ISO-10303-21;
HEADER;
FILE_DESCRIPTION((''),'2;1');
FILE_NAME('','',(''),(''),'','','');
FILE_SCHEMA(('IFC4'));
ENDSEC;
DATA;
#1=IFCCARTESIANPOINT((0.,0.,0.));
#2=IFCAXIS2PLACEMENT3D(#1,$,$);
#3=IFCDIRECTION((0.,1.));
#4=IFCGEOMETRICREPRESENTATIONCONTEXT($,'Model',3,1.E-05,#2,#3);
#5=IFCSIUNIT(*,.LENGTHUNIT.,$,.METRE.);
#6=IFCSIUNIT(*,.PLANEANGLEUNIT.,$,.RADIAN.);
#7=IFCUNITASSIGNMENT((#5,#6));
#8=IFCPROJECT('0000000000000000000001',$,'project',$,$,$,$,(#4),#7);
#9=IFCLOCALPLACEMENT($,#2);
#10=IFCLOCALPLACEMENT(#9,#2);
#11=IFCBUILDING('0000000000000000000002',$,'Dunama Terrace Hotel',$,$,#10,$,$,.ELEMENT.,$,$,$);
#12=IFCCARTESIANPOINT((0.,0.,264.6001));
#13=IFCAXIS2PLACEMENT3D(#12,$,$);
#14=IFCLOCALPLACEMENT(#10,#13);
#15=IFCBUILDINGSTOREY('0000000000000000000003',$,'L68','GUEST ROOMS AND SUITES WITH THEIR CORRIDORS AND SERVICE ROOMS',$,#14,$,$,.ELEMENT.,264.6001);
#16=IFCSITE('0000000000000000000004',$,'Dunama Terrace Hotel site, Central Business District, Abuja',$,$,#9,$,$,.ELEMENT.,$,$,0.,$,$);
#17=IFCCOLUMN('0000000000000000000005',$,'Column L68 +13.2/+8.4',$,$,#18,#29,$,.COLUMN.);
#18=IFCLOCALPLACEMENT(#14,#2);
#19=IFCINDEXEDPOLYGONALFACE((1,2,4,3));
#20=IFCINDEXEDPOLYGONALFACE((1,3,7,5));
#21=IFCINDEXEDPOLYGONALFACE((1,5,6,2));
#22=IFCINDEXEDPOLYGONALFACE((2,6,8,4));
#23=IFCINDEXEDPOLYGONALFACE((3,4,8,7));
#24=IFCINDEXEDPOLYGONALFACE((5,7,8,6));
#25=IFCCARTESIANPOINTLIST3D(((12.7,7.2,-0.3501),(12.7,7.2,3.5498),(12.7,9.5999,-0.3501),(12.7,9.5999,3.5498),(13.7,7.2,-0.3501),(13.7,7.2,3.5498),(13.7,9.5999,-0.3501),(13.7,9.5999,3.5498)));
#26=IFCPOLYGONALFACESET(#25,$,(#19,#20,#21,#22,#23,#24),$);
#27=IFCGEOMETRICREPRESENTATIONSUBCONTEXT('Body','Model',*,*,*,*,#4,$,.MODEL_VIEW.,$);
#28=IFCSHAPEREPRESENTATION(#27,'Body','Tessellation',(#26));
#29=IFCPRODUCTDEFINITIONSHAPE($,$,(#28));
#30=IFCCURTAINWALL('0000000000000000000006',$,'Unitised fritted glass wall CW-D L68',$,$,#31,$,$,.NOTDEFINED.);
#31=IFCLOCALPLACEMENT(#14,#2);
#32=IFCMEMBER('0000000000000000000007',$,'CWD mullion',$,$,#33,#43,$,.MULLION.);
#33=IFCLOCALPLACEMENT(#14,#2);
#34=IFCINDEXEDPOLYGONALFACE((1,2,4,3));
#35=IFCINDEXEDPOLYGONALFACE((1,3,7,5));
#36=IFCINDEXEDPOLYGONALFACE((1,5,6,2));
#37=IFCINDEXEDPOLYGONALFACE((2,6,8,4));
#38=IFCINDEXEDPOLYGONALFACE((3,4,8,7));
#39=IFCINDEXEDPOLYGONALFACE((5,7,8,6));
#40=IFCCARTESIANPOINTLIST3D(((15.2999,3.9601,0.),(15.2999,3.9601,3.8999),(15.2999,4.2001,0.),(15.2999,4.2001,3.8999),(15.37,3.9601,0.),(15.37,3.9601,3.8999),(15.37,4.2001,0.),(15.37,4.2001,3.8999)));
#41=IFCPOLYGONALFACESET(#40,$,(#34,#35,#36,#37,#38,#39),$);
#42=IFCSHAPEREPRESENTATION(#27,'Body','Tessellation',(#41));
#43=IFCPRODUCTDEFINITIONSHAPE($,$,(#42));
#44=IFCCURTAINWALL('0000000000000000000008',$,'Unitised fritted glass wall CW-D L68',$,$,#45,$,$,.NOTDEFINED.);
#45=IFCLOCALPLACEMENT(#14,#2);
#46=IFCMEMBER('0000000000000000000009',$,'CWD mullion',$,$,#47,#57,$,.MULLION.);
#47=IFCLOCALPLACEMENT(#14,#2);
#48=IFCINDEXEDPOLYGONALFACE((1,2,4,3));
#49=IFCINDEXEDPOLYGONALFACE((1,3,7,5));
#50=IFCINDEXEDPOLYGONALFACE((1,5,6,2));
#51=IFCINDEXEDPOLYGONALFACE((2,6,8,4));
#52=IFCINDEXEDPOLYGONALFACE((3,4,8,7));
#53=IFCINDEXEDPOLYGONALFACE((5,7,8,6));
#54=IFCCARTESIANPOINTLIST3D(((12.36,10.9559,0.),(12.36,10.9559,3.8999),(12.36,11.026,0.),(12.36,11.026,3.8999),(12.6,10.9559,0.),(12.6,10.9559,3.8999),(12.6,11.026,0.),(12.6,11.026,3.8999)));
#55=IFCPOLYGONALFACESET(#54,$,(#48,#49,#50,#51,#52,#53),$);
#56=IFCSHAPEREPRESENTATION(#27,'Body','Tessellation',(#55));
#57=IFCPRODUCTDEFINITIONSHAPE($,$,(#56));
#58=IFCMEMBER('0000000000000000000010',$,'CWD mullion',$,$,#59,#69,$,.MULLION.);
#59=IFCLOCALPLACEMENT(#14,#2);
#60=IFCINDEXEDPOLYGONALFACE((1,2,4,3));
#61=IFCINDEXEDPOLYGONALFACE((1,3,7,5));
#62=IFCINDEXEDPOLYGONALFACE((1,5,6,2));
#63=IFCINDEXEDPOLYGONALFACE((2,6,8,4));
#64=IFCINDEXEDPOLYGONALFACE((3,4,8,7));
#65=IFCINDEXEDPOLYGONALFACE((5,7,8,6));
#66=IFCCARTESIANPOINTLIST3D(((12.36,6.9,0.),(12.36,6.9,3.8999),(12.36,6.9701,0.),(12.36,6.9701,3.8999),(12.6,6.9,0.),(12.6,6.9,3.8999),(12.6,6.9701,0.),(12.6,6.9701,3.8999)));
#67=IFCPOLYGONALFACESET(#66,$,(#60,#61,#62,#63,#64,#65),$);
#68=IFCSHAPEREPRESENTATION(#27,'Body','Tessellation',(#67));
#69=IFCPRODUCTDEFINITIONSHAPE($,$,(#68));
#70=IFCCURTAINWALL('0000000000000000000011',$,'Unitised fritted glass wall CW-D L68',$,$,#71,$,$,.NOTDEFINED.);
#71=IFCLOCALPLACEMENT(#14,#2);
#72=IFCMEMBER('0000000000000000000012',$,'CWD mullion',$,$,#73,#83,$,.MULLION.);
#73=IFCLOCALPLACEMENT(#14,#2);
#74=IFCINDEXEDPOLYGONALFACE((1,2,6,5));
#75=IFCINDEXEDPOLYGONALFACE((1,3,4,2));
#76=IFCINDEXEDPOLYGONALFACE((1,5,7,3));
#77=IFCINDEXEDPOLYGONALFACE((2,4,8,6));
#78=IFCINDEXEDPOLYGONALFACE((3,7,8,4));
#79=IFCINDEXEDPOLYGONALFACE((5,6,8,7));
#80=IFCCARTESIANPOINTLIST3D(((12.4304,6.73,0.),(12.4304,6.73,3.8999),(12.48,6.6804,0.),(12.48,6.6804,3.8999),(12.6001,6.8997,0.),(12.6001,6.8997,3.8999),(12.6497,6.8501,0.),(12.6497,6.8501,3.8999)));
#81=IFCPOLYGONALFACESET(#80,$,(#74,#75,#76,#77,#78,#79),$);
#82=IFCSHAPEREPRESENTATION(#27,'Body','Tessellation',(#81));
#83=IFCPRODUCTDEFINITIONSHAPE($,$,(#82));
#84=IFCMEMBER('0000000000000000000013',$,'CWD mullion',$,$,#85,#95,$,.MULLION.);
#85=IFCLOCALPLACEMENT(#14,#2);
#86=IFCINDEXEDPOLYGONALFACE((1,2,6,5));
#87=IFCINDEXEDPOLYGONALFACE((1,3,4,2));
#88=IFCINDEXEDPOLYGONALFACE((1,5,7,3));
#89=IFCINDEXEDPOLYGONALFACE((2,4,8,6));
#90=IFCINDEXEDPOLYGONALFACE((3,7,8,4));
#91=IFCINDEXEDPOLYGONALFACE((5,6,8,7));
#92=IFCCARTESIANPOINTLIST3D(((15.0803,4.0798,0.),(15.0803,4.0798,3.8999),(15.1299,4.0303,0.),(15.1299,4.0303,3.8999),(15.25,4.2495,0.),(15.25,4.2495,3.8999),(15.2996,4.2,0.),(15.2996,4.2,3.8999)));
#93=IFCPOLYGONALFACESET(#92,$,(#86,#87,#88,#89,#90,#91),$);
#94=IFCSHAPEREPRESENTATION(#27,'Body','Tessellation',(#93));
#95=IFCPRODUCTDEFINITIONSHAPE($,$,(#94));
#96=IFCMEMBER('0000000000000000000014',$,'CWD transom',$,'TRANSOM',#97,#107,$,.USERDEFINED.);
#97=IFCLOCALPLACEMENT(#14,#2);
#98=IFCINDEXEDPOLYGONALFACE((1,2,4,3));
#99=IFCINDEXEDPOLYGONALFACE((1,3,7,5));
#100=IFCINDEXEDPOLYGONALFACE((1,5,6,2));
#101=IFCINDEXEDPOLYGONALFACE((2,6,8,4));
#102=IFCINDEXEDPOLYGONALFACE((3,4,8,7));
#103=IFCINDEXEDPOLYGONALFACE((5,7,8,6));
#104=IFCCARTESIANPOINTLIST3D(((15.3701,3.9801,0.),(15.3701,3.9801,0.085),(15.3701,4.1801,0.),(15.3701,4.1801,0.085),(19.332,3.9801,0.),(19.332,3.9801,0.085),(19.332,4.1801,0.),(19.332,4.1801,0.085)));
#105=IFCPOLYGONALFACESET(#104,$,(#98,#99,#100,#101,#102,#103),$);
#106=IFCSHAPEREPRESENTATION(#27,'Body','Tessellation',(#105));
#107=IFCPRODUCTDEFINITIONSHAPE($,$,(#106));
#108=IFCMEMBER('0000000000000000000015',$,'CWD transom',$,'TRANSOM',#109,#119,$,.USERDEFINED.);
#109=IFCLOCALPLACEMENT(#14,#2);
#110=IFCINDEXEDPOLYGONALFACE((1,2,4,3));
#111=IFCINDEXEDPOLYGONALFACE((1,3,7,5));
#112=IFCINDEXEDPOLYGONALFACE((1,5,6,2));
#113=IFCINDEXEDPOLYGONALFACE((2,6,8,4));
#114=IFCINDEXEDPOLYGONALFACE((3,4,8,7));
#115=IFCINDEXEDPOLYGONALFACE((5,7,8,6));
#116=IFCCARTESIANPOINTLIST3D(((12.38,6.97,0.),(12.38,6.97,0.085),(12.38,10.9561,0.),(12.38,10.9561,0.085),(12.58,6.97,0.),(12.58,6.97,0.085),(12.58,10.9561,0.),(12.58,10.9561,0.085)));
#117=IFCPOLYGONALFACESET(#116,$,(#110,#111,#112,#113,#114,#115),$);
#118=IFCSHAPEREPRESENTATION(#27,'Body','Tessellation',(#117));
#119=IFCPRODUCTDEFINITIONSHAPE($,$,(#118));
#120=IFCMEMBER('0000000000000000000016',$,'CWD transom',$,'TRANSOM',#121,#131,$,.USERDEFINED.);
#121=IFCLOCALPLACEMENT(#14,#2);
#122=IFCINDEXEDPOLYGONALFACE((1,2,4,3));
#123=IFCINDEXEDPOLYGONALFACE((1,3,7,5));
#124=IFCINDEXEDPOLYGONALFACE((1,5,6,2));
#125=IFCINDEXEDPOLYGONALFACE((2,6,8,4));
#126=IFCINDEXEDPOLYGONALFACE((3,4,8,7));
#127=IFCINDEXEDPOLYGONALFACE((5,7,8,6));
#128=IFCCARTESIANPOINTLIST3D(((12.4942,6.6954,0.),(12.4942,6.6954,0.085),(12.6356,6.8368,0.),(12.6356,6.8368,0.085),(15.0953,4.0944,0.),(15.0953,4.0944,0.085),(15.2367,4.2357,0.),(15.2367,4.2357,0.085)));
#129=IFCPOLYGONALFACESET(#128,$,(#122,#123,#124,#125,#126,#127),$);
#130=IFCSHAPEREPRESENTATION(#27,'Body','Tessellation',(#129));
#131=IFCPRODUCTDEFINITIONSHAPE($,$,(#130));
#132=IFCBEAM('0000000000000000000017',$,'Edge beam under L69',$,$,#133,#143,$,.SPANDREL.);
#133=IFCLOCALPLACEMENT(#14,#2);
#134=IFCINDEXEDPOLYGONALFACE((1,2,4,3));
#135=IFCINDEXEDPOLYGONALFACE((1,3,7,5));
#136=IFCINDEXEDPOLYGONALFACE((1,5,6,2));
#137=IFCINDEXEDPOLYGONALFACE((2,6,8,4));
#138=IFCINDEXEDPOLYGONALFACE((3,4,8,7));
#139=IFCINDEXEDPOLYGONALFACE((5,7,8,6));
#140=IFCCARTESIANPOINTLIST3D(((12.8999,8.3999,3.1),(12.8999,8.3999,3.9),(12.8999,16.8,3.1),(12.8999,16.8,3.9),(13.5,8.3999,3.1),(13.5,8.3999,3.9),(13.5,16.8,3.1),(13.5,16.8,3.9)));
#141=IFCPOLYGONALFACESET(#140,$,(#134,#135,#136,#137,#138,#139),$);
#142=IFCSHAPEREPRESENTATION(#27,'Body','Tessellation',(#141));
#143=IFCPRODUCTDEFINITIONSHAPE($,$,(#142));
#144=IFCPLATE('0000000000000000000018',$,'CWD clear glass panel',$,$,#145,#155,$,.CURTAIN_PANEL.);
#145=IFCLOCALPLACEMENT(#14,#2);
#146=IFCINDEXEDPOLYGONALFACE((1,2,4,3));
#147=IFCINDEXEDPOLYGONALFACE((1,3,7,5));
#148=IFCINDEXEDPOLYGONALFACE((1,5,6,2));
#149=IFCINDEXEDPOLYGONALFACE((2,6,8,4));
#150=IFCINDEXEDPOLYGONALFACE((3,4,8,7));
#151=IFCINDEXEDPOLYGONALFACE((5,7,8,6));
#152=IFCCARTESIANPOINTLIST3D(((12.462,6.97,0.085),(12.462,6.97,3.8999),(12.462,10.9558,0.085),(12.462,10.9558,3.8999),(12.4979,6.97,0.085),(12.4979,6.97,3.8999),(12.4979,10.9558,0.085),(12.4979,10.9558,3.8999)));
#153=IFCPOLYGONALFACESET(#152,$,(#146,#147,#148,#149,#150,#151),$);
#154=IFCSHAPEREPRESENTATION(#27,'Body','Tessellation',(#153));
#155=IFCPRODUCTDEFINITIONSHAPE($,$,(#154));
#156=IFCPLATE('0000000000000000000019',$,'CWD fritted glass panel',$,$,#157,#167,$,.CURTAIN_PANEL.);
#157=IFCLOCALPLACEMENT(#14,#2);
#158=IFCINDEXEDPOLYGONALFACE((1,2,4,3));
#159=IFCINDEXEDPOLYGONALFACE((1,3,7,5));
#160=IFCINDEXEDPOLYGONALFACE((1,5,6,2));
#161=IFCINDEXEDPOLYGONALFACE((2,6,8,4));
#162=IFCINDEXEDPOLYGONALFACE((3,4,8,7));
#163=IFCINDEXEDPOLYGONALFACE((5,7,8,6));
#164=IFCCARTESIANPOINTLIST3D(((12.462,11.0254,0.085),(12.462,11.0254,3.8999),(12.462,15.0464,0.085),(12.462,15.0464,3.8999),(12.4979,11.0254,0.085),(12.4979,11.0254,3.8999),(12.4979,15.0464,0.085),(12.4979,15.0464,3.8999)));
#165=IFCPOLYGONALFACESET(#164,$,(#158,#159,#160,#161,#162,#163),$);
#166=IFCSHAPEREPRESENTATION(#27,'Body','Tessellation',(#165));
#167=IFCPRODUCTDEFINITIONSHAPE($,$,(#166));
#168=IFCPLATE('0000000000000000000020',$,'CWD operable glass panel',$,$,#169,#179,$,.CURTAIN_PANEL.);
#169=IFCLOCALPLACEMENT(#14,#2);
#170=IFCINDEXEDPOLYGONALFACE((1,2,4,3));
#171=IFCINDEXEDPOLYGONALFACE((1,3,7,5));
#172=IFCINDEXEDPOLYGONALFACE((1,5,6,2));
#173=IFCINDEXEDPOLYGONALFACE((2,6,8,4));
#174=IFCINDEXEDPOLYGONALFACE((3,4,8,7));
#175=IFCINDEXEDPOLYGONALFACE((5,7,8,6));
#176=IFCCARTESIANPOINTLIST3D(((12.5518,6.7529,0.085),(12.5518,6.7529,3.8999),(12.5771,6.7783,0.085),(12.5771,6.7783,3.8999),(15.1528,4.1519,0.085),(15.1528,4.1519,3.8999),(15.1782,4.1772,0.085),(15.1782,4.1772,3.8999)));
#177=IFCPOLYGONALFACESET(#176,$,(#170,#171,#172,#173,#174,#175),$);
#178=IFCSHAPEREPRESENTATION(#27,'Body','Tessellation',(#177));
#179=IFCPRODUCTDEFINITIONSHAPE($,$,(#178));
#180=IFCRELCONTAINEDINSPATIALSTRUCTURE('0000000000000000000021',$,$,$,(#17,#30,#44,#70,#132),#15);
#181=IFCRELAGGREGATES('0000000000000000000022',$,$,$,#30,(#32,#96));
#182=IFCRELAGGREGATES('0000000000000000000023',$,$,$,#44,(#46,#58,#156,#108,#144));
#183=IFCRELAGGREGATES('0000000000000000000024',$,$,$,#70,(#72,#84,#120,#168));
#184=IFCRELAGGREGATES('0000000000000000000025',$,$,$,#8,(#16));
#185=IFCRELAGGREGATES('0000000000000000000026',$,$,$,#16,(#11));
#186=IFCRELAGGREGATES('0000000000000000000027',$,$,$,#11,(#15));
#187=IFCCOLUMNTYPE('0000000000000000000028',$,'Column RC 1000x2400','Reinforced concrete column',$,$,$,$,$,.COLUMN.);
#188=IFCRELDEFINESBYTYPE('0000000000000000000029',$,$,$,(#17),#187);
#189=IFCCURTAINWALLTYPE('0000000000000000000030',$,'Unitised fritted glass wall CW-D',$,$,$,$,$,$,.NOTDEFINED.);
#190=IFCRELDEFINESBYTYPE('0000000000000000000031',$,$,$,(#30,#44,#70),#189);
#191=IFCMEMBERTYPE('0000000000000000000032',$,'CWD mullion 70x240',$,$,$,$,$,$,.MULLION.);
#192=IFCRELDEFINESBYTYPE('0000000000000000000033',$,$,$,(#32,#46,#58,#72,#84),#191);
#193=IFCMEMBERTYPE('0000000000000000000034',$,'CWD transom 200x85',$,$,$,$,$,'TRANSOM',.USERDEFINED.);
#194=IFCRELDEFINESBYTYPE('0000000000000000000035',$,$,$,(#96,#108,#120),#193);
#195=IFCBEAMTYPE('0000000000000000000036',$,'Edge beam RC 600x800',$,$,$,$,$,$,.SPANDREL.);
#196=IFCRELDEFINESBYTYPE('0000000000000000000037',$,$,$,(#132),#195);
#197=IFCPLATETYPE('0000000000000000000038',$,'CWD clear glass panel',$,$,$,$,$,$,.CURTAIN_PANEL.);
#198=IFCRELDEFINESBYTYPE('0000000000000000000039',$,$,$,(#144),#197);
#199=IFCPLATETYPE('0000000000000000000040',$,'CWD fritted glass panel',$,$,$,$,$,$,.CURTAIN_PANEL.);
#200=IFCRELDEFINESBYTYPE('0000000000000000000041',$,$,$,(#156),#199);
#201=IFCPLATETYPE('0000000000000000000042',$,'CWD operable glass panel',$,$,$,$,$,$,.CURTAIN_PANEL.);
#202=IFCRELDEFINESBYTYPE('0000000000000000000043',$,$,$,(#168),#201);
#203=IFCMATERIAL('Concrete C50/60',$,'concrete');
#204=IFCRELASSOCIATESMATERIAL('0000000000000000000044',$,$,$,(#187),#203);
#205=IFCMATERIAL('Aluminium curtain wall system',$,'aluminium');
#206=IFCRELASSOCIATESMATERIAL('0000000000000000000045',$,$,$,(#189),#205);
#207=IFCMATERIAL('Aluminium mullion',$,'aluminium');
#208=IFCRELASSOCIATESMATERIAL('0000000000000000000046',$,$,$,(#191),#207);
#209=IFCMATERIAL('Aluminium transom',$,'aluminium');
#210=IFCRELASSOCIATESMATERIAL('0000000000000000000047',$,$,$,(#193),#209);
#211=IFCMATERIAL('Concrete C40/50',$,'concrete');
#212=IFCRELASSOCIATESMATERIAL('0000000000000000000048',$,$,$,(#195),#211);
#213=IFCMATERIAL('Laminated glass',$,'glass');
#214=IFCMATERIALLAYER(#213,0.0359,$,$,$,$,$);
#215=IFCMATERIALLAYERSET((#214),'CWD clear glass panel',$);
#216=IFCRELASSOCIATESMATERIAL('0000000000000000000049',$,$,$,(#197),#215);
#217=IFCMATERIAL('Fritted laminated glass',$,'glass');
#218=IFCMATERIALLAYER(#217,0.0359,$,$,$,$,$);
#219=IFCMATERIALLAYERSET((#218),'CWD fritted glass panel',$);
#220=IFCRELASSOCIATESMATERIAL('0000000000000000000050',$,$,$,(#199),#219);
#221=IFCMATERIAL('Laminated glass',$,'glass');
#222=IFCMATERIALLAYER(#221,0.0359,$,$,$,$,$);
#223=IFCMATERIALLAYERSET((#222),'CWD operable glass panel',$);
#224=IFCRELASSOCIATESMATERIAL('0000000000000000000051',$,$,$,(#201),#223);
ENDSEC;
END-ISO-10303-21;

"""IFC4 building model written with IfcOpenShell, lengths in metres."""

from ifc_helpers import new_model, si_unit, direction, frame, origin, origin_2d, place, context, subcontext, project, spatial, rectangle, extrude, material, layer, layer_set, material_profile, profile_set, type_object, element, aggregate, save


model = new_model("IFC4")

# Units and contexts
model_context = context("Model", 3, precision=1e-05, world=origin(), true_north=direction((0.0, 1.0)))
body_context = subcontext(model_context, "Body", "Model", "MODEL_VIEW")
ifc_project = project(units=[si_unit("LENGTHUNIT", "METRE"), si_unit("PLANEANGLEUNIT", "RADIAN")], contexts=[model_context])

# Site, building, storey
site_placement = place(None, origin())
site = spatial("IfcSite", under=ifc_project, at=site_placement, Name="Dunama Terrace Hotel site, Central Business District, Abuja", CompositionType="ELEMENT", RefElevation=0.0)
building_placement = place(site_placement, origin())
building = spatial("IfcBuilding", under=site, at=building_placement, Name="Dunama Terrace Hotel", CompositionType="ELEMENT")
storey_placement = place(building_placement, frame((0.0, 0.0, 264.6001)))
storey = spatial("IfcBuildingStorey", under=building, at=storey_placement, Name="L68", Description="GUEST ROOMS AND SUITES WITH THEIR CORRIDORS AND SERVICE ROOMS", CompositionType="ELEMENT", Elevation=264.6001)

# Column
ifc_material_1 = material(Name="Concrete C50/60", Category="concrete")
ifc_material_profile_1 = material_profile(ifc_material_1, rectangle(XDim=1.0, YDim=2.3999, at=origin_2d()), Name="RC 1000x2400")
ifc_profile_set_1 = profile_set([ifc_material_profile_1], Name="Concrete C50/60")
column_type = type_object("IfcColumnType", Name="Column RC 1000x2400", Description="Reinforced concrete column", PredefinedType="COLUMN", material=ifc_profile_set_1)
column_placement = place(storey_placement, frame((13.2, 8.3999, -0.3501), z_axis=(0.0, 0.0, 1.0), x_axis=(1.0, 0.0, 0.0)))
element("IfcColumn", 1, at=column_placement, inside=storey, type_object=column_type, Name="Column L68 +13.2/+8.4", PredefinedType="COLUMN", context=body_context, shape_type="SweptSolid", body=[
    extrude(rectangle(XDim=1.0, YDim=2.3999, at=origin_2d()), origin(), (0.0, 0.0, 1.0), 3.8999),
])

# Curtain wall, member
ifc_material_2 = material(Name="Aluminium curtain wall system", Category="aluminium")
curtain_wall_type = type_object("IfcCurtainWallType", Name="Unitised fritted glass wall CW-D", PredefinedType="NOTDEFINED", material=ifc_material_2)
curtain_wall_1_placement = place(storey_placement, origin())
curtain_wall_1 = element("IfcCurtainWall", 2, at=curtain_wall_1_placement, inside=storey, type_object=curtain_wall_type, Name="Unitised fritted glass wall CW-D L68", PredefinedType="NOTDEFINED")
ifc_material_3 = material(Name="Aluminium mullion", Category="aluminium")
ifc_material_profile_2 = material_profile(ifc_material_3, rectangle(XDim=0.0701, YDim=0.24, at=origin_2d()), Name="CWD MULLION 70X240")
ifc_profile_set_2 = profile_set([ifc_material_profile_2], Name="Aluminium mullion")
member_type_1 = type_object("IfcMemberType", Name="CWD mullion 70x240", PredefinedType="MULLION", material=ifc_profile_set_2)
member_1_placement = place(storey_placement, frame((15.335, 4.0801, 0.0), z_axis=(0.0, 0.0, 1.0), x_axis=(1.0, 0.0, 0.0)))
member_1 = element("IfcMember", 3, at=member_1_placement, type_object=member_type_1, Name="CWD mullion", PredefinedType="MULLION", context=body_context, shape_type="SweptSolid", body=[
    extrude(rectangle(XDim=0.0701, YDim=0.24, at=origin_2d()), origin(), (0.0, 0.0, 1.0), 3.8999),
])

# Curtain walls, members
curtain_wall_2_placement = place(storey_placement, origin())
curtain_wall_2 = element("IfcCurtainWall", 4, at=curtain_wall_2_placement, inside=storey, type_object=curtain_wall_type, Name="Unitised fritted glass wall CW-D L68", PredefinedType="NOTDEFINED")
member_2_placement = place(storey_placement, frame((12.48, 10.991, 0.0), z_axis=(0.0, 0.0, 1.0), x_axis=(0.0, -1.0, 0.0)))
member_2 = element("IfcMember", 5, at=member_2_placement, type_object=member_type_1, Name="CWD mullion", PredefinedType="MULLION", context=body_context, shape_type="SweptSolid", body=[
    extrude(rectangle(XDim=0.0701, YDim=0.24, at=origin_2d()), origin(), (0.0, 0.0, 1.0), 3.8999),
])
member_3_placement = place(storey_placement, frame((12.48, 6.9351, 0.0), z_axis=(0.0, 0.0, 1.0), x_axis=(0.0, -1.0, 0.0)))
member_3 = element("IfcMember", 6, at=member_3_placement, type_object=member_type_1, Name="CWD mullion", PredefinedType="MULLION", context=body_context, shape_type="SweptSolid", body=[
    extrude(rectangle(XDim=0.0701, YDim=0.24, at=origin_2d()), origin(), (0.0, 0.0, 1.0), 3.8999),
])
curtain_wall_3_placement = place(storey_placement, origin())
curtain_wall_3 = element("IfcCurtainWall", 7, at=curtain_wall_3_placement, inside=storey, type_object=curtain_wall_type, Name="Unitised fritted glass wall CW-D L68", PredefinedType="NOTDEFINED")
member_4_placement = place(storey_placement, frame((12.54, 6.79, 0.0), z_axis=(0.0, 0.0, 1.0), x_axis=(0.707107, -0.707107, 0.0)))
member_4 = element("IfcMember", 8, at=member_4_placement, type_object=member_type_1, Name="CWD mullion", PredefinedType="MULLION", context=body_context, shape_type="SweptSolid", body=[
    extrude(rectangle(XDim=0.0701, YDim=0.24, at=origin_2d()), origin(), (0.0, 0.0, 1.0), 3.8999),
])
member_5_placement = place(storey_placement, frame((15.1899, 4.1399, 0.0), z_axis=(0.0, 0.0, 1.0), x_axis=(0.707107, -0.707107, 0.0)))
member_5 = element("IfcMember", 9, at=member_5_placement, type_object=member_type_1, Name="CWD mullion", PredefinedType="MULLION", context=body_context, shape_type="SweptSolid", body=[
    extrude(rectangle(XDim=0.0701, YDim=0.24, at=origin_2d()), origin(), (0.0, 0.0, 1.0), 3.8999),
])

# Members
ifc_material_4 = material(Name="Aluminium transom", Category="aluminium")
ifc_material_profile_3 = material_profile(ifc_material_4, rectangle(XDim=0.2, YDim=0.085, at=origin_2d()), Name="CWD TRANSOM 200X85")
ifc_profile_set_3 = profile_set([ifc_material_profile_3], Name="Aluminium transom")
member_type_2 = type_object("IfcMemberType", Name="CWD transom 200x85", ElementType="TRANSOM", PredefinedType="USERDEFINED", material=ifc_profile_set_3)
member_6_placement = place(storey_placement, frame((15.3701, 4.0801, 0.0425), z_axis=(1.0, 0.0, 0.0), x_axis=(0.0, 1.0, 0.0)))
member_6 = element("IfcMember", 10, at=member_6_placement, type_object=member_type_2, Name="CWD transom", ObjectType="TRANSOM", PredefinedType="USERDEFINED", context=body_context, shape_type="SweptSolid", body=[
    extrude(rectangle(XDim=0.2, YDim=0.085, at=origin_2d()), origin(), (0.0, 0.0, 1.0), 3.9619),
])
aggregate(curtain_wall_1, [member_1, member_6])
member_7_placement = place(storey_placement, frame((12.48, 10.9561, 0.0425), z_axis=(0.0, -1.0, 0.0), x_axis=(1.0, 0.0, 0.0)))
member_7 = element("IfcMember", 11, at=member_7_placement, type_object=member_type_2, Name="CWD transom", ObjectType="TRANSOM", PredefinedType="USERDEFINED", context=body_context, shape_type="SweptSolid", body=[
    extrude(rectangle(XDim=0.2, YDim=0.085, at=origin_2d()), origin(), (0.0, 0.0, 1.0), 3.9861),
])
member_8_placement = place(storey_placement, frame((12.5649, 6.7661, 0.0425), z_axis=(0.707107, -0.707107, 0.0), x_axis=(0.707107, 0.707107, 0.0)))
member_8 = element("IfcMember", 12, at=member_8_placement, type_object=member_type_2, Name="CWD transom", ObjectType="TRANSOM", PredefinedType="USERDEFINED", context=body_context, shape_type="SweptSolid", body=[
    extrude(rectangle(XDim=0.2, YDim=0.085, at=origin_2d()), origin(), (0.0, 0.0, 1.0), 3.6785),
])

# Beam
ifc_material_5 = material(Name="Concrete C40/50", Category="concrete")
ifc_material_profile_4 = material_profile(ifc_material_5, rectangle(XDim=0.6001, YDim=0.8, at=origin_2d()), Name="RC 600x800")
ifc_profile_set_4 = profile_set([ifc_material_profile_4], Name="Concrete C40/50")
beam_type = type_object("IfcBeamType", Name="Edge beam RC 600x800", PredefinedType="SPANDREL", material=ifc_profile_set_4)
beam_placement = place(storey_placement, frame((13.2, 8.3999, 3.5), z_axis=(0.0, 1.0, 0.0), x_axis=(-1.0, 0.0, 0.0)))
element("IfcBeam", 13, at=beam_placement, inside=storey, type_object=beam_type, Name="Edge beam under L69", PredefinedType="SPANDREL", context=body_context, shape_type="SweptSolid", body=[
    extrude(rectangle(XDim=0.6001, YDim=0.8, at=origin_2d()), origin(), (0.0, 0.0, 1.0), 8.4001),
])

# Plates
ifc_material_6 = material(Name="Laminated glass", Category="glass")
ifc_layer_1 = layer(ifc_material_6, 0.0359)
ifc_layer_set_1 = layer_set([ifc_layer_1], Name="CWD clear glass panel")
plate_type_1 = type_object("IfcPlateType", Name="CWD clear glass panel", PredefinedType="CURTAIN_PANEL", material=ifc_layer_set_1)
plate_1_placement = place(storey_placement, frame((12.48, 8.9629, 0.085), z_axis=(0.0, 0.0, 1.0), x_axis=(0.0, -1.0, 0.0)))
plate_1 = element("IfcPlate", 14, at=plate_1_placement, type_object=plate_type_1, Name="CWD clear glass panel", PredefinedType="CURTAIN_PANEL", context=body_context, shape_type="SweptSolid", body=[
    extrude(rectangle(XDim=3.9858, YDim=0.0359, at=origin_2d()), origin(), (0.0, 0.0, 1.0), 3.8149),
])
ifc_material_7 = material(Name="Fritted laminated glass", Category="glass")
ifc_layer_2 = layer(ifc_material_7, 0.0359)
ifc_layer_set_2 = layer_set([ifc_layer_2], Name="CWD fritted glass panel")
plate_type_2 = type_object("IfcPlateType", Name="CWD fritted glass panel", PredefinedType="CURTAIN_PANEL", material=ifc_layer_set_2)
plate_2_placement = place(storey_placement, frame((12.48, 13.0359, 0.085), z_axis=(0.0, 0.0, 1.0), x_axis=(0.0, -1.0, 0.0)))
plate_2 = element("IfcPlate", 15, at=plate_2_placement, type_object=plate_type_2, Name="CWD fritted glass panel", PredefinedType="CURTAIN_PANEL", context=body_context, shape_type="SweptSolid", body=[
    extrude(rectangle(XDim=4.021, YDim=0.0359, at=origin_2d()), origin(), (0.0, 0.0, 1.0), 3.8149),
])
aggregate(curtain_wall_2, [member_2, member_3, plate_2, member_7, plate_1])
ifc_material_8 = material(Name="Laminated glass", Category="glass")
ifc_layer_3 = layer(ifc_material_8, 0.0359)
ifc_layer_set_3 = layer_set([ifc_layer_3], Name="CWD operable glass panel")
plate_type_3 = type_object("IfcPlateType", Name="CWD operable glass panel", PredefinedType="CURTAIN_PANEL", material=ifc_layer_set_3)
plate_3_placement = place(storey_placement, frame((13.865, 5.4651, 0.085), z_axis=(0.0, 0.0, 1.0), x_axis=(0.707107, -0.707107, 0.0)))
plate_3 = element("IfcPlate", 16, at=plate_3_placement, type_object=plate_type_3, Name="CWD operable glass panel", PredefinedType="CURTAIN_PANEL", context=body_context, shape_type="SweptSolid", body=[
    extrude(rectangle(XDim=3.6785, YDim=0.0359, at=origin_2d()), origin(), (0.0, 0.0, 1.0), 3.8149),
])
aggregate(curtain_wall_3, [member_4, member_5, member_8, plate_3])

save(model, "model.ifc")
